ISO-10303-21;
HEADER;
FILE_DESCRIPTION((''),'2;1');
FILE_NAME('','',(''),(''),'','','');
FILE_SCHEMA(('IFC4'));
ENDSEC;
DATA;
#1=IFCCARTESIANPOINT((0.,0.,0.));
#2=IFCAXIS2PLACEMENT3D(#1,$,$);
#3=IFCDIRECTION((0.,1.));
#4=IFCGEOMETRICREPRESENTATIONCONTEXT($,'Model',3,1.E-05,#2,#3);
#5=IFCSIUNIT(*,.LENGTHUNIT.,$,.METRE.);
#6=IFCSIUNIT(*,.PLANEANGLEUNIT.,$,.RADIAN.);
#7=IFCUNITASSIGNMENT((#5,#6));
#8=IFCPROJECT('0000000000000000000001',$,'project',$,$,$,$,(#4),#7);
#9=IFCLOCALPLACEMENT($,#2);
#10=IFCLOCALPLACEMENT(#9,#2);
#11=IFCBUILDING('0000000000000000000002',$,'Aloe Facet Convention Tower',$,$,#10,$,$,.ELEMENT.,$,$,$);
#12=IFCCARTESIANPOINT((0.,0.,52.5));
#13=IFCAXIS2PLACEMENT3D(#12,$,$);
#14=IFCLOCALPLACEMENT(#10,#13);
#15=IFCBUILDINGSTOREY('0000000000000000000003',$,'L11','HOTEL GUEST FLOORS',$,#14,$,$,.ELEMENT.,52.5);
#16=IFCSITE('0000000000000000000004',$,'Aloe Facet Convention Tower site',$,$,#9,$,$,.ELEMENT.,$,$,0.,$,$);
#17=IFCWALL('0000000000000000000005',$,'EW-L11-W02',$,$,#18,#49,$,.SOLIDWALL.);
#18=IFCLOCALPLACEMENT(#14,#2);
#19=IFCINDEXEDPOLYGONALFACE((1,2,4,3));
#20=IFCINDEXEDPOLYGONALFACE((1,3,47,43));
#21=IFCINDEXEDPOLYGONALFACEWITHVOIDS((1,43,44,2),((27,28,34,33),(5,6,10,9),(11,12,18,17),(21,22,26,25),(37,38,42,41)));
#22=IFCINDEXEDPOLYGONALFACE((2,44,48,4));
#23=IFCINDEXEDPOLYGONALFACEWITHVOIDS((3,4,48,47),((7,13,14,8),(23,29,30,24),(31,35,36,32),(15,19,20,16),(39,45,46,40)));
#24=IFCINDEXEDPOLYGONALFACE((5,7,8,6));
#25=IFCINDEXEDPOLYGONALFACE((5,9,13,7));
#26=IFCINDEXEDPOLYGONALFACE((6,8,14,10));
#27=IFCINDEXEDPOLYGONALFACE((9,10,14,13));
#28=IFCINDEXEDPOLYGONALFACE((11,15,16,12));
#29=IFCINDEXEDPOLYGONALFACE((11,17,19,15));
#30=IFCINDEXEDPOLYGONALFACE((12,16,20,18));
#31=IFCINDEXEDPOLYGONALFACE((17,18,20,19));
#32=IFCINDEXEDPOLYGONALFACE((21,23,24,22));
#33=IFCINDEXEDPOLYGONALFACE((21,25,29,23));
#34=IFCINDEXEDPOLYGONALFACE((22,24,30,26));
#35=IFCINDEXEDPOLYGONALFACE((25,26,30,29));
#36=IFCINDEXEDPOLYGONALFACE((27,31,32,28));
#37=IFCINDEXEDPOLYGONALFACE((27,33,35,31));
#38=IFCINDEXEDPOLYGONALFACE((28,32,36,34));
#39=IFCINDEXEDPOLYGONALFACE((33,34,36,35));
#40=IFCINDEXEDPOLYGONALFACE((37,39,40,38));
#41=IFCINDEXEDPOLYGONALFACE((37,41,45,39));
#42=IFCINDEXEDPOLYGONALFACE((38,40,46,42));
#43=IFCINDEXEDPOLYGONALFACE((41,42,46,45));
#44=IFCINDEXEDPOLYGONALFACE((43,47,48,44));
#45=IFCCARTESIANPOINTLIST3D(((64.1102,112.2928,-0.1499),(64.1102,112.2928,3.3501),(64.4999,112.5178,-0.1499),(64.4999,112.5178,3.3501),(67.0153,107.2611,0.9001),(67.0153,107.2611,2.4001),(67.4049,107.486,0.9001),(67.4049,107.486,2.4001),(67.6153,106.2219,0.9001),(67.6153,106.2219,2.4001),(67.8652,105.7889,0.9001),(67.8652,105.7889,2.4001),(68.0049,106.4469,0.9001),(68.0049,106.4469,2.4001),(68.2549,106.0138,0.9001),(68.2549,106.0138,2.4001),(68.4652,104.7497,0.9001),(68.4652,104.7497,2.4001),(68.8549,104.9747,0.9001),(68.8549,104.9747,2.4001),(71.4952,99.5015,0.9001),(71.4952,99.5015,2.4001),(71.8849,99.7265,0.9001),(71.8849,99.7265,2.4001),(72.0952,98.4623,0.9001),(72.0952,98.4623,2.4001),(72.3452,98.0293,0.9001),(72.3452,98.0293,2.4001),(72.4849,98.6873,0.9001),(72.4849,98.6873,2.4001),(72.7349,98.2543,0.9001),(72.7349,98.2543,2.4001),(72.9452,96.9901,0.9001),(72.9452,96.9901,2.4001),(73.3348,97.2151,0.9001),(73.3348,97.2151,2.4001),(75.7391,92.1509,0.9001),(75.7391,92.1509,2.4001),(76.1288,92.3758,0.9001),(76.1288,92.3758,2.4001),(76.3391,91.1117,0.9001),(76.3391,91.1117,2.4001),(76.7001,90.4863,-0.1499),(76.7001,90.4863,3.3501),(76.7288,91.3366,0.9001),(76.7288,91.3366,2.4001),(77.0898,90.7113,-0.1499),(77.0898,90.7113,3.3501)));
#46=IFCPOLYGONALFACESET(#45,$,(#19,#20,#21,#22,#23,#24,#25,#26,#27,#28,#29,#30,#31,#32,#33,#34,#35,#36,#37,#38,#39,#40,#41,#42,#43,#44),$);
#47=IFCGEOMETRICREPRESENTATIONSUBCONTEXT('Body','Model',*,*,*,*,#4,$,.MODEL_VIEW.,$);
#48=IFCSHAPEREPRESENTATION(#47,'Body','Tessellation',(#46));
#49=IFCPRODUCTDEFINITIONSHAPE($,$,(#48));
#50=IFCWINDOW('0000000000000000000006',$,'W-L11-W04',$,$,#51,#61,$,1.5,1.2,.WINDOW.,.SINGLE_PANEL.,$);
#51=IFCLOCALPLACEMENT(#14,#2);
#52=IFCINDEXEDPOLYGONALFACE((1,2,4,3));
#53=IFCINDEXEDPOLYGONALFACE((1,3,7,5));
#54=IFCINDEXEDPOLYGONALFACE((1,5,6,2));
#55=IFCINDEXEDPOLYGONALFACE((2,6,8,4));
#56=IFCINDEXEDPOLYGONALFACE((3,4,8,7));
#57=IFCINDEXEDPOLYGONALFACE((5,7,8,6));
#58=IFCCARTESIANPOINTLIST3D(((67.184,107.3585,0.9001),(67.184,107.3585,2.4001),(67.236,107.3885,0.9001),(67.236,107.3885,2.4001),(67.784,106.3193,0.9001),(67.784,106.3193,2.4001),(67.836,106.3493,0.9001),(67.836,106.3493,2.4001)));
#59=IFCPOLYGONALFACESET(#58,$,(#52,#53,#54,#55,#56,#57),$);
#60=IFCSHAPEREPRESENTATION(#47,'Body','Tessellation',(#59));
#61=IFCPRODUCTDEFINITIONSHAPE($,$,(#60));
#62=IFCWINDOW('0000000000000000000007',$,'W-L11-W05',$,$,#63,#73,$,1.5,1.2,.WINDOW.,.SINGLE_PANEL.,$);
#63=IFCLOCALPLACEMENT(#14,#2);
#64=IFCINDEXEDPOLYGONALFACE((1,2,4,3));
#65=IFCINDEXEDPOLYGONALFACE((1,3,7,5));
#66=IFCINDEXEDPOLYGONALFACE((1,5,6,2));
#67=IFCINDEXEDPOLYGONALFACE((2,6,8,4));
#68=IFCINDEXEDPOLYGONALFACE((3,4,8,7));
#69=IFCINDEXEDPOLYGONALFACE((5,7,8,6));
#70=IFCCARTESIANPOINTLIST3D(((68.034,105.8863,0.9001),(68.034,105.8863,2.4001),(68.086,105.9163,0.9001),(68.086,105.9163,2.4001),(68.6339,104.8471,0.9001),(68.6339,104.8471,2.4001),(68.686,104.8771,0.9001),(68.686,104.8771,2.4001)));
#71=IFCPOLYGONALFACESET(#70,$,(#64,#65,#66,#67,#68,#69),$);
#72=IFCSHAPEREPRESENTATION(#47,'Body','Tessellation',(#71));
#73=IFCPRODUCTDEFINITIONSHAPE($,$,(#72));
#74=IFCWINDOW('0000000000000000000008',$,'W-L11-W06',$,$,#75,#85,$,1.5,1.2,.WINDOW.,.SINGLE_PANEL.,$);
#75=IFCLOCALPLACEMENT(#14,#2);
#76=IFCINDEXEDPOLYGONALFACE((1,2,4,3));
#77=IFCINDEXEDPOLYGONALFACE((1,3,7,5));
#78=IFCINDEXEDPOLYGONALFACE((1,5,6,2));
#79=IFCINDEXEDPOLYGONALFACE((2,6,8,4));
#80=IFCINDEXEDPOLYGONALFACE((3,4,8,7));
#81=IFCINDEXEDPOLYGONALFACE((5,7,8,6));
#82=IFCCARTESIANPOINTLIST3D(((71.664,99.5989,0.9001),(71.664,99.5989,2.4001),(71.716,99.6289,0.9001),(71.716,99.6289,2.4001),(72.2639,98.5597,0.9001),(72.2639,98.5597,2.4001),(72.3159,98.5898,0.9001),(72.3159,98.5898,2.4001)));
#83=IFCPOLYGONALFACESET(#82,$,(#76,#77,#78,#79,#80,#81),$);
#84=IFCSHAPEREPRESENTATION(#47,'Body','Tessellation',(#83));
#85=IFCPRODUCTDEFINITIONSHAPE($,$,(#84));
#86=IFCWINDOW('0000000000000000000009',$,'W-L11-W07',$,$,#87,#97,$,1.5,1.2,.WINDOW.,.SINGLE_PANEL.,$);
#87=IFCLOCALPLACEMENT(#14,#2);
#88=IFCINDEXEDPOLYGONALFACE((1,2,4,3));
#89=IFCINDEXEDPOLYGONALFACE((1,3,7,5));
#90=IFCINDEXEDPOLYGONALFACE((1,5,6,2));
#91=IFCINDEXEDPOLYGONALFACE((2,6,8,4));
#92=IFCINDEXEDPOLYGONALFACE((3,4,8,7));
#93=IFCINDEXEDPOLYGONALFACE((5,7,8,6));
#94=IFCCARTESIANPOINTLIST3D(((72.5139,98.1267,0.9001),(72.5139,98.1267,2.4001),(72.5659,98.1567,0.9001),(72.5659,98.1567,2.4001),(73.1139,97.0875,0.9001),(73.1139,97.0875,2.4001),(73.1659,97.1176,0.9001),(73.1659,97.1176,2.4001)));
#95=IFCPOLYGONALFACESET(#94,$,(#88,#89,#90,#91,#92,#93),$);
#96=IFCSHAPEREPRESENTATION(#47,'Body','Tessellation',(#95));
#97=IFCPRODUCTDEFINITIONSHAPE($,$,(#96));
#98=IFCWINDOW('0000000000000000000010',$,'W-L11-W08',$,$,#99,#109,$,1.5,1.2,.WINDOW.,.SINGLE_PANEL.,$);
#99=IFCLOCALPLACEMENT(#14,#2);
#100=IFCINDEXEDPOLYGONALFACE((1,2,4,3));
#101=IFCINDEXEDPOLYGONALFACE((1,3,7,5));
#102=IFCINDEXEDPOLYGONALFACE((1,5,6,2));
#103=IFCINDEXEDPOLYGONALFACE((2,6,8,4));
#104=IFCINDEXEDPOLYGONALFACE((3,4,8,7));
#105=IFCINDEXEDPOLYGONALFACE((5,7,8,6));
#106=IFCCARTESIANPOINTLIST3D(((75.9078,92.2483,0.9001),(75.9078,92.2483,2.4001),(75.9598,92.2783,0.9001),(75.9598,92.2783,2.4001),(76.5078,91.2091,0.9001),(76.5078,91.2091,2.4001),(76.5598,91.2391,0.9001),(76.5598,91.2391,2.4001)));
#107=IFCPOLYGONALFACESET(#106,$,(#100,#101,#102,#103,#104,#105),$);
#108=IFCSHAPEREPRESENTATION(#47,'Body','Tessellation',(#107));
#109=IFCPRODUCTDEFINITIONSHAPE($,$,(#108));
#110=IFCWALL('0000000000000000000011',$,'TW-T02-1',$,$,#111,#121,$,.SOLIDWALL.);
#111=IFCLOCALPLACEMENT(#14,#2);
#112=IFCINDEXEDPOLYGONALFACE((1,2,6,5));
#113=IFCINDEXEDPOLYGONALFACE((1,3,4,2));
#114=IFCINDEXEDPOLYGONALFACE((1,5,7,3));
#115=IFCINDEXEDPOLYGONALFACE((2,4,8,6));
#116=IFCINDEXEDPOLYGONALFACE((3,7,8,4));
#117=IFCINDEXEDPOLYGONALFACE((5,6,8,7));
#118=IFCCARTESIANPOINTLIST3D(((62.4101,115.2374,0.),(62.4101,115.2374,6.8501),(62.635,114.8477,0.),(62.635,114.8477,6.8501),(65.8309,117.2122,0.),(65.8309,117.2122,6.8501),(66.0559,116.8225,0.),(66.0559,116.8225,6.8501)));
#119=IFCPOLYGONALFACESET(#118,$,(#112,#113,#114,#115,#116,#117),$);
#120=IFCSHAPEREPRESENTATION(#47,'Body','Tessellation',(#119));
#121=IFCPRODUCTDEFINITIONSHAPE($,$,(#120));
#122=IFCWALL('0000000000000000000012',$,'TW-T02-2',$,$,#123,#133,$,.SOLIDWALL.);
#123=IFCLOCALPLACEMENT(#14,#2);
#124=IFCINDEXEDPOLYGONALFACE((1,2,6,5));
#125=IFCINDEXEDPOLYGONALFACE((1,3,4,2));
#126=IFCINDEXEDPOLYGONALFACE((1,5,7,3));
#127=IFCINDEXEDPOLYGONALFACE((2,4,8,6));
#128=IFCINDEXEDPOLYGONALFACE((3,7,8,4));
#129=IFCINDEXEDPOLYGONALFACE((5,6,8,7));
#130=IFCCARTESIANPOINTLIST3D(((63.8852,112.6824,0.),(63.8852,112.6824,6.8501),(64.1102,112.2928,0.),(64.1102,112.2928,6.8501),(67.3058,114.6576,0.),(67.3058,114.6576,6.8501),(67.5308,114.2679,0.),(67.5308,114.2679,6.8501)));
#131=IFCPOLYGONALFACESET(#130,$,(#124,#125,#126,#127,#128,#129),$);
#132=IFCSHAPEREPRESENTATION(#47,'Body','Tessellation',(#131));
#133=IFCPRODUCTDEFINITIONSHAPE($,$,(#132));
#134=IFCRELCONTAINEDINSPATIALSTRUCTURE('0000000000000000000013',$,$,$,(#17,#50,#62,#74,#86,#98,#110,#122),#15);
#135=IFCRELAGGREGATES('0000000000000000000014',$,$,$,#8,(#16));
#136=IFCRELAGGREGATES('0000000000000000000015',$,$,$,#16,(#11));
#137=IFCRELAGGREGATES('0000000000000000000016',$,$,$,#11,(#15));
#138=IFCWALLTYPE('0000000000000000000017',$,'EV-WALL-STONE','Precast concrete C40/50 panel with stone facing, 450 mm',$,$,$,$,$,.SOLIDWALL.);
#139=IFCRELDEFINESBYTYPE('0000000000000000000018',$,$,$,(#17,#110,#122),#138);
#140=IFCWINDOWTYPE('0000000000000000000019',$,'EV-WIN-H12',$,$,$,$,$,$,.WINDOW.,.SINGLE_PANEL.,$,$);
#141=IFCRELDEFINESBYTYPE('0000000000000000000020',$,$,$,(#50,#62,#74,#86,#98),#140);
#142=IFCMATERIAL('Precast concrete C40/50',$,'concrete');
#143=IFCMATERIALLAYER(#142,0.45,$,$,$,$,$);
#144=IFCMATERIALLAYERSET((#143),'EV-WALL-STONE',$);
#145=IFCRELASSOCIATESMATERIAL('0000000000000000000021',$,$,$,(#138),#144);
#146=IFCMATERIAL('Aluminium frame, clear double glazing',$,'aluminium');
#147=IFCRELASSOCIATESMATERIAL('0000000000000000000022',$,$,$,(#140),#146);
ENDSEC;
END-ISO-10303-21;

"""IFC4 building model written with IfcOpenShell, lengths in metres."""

from ifc_helpers import new_model, si_unit, direction, frame, frame_2d, origin, place, context, subcontext, project, spatial, polyline, rectangle, outline, extrude, material, layer, layer_set, type_object, element, fill, save


model = new_model("IFC4")

# Units and contexts
model_context = context("Model", 3, precision=1e-05, world=origin(), true_north=direction((0.0, 1.0)))
body_context = subcontext(model_context, "Body", "Model", "MODEL_VIEW")
ifc_project = project(units=[si_unit("LENGTHUNIT", "METRE"), si_unit("PLANEANGLEUNIT", "RADIAN")], contexts=[model_context])

# Site, building, storey
site_placement = place(None, origin())
site = spatial("IfcSite", under=ifc_project, at=site_placement, Name="Aloe Facet Convention Tower site", CompositionType="ELEMENT", RefElevation=0.0)
building_placement = place(site_placement, origin())
building = spatial("IfcBuilding", under=site, at=building_placement, Name="Aloe Facet Convention Tower", CompositionType="ELEMENT")
storey_placement = place(building_placement, frame((0.0, 0.0, 52.5)))
storey = spatial("IfcBuildingStorey", under=building, at=storey_placement, Name="L11", Description="HOTEL GUEST FLOORS", CompositionType="ELEMENT", Elevation=52.5)

# Wall, openings, windows
ifc_material_1 = material(Name="Precast concrete C40/50", Category="concrete")
ifc_layer_1 = layer(ifc_material_1, 0.45)
ifc_layer_set_1 = layer_set([ifc_layer_1], Name="EV-WALL-STONE")
wall_type_1 = type_object("IfcWallType", Name="EV-WALL-STONE", Description="Precast concrete C40/50 panel with stone facing, 450 mm", PredefinedType="SOLIDWALL", material=ifc_layer_set_1)
wall_1_placement = place(storey_placement, frame((64.3049, 112.4053, -0.1499), z_axis=(0.0, 0.0, 1.0), x_axis=(0.499997, -0.866027, 0.0)))
wall_1 = element("IfcWall", 1, at=wall_1_placement, inside=storey, type_object=wall_type_1, Name="EW-L11-W02", PredefinedType="SOLIDWALL", context=body_context, shape_type="SweptSolid", body=[
    extrude(outline(polyline([(25.1799, 3.5), (25.1799, 0.0), (0.0, 0.0), (0.0, 3.5), (25.1799, 3.5)])), frame((0.0, 0.2251, 0.0), z_axis=(0.0, -1.0, 0.0), x_axis=(1.0, 0.0, 0.0)), (0.0, 0.0, 1.0), 0.45),
])
opening_1_placement = place(wall_1_placement, frame((5.8101, 0.0, 1.05)))
opening_1 = element("IfcOpeningElement", 2, at=opening_1_placement, cuts=wall_1, PredefinedType="OPENING", context=body_context, shape_type="SweptSolid", body=[
    extrude(rectangle(XDim=1.2, YDim=1.5, at=frame_2d((0.6001, 0.75))), frame((0.0, 0.2349, 0.0), z_axis=(0.0, -1.0, 0.0), x_axis=(1.0, 0.0, 0.0)), (0.0, 0.0, 1.0), 0.47),
])
opening_2_placement = place(wall_1_placement, frame((7.51, 0.0, 1.05)))
opening_2 = element("IfcOpeningElement", 3, at=opening_2_placement, cuts=wall_1, PredefinedType="OPENING", context=body_context, shape_type="SweptSolid", body=[
    extrude(rectangle(XDim=1.2, YDim=1.5, at=frame_2d((0.6001, 0.75))), frame((0.0, 0.2349, 0.0), z_axis=(0.0, -1.0, 0.0), x_axis=(1.0, 0.0, 0.0)), (0.0, 0.0, 1.0), 0.47),
])
opening_3_placement = place(wall_1_placement, frame((14.77, 0.0, 1.05)))
opening_3 = element("IfcOpeningElement", 4, at=opening_3_placement, cuts=wall_1, PredefinedType="OPENING", context=body_context, shape_type="SweptSolid", body=[
    extrude(rectangle(XDim=1.2, YDim=1.5, at=frame_2d((0.6001, 0.75))), frame((0.0, 0.2349, 0.0), z_axis=(0.0, -1.0, 0.0), x_axis=(1.0, 0.0, 0.0)), (0.0, 0.0, 1.0), 0.47),
])
opening_4_placement = place(wall_1_placement, frame((16.47, 0.0, 1.05)))
opening_4 = element("IfcOpeningElement", 5, at=opening_4_placement, cuts=wall_1, PredefinedType="OPENING", context=body_context, shape_type="SweptSolid", body=[
    extrude(rectangle(XDim=1.2, YDim=1.5, at=frame_2d((0.6001, 0.75))), frame((0.0, 0.2349, 0.0), z_axis=(0.0, -1.0, 0.0), x_axis=(1.0, 0.0, 0.0)), (0.0, 0.0, 1.0), 0.47),
])
opening_5_placement = place(wall_1_placement, frame((23.2578, 0.0, 1.05)))
opening_5 = element("IfcOpeningElement", 6, at=opening_5_placement, cuts=wall_1, PredefinedType="OPENING", context=body_context, shape_type="SweptSolid", body=[
    extrude(rectangle(XDim=1.2, YDim=1.5, at=frame_2d((0.6001, 0.75))), frame((0.0, 0.2349, 0.0), z_axis=(0.0, -1.0, 0.0), x_axis=(1.0, 0.0, 0.0)), (0.0, 0.0, 1.0), 0.47),
])
ifc_material_2 = material(Name="Aluminium frame, clear double glazing", Category="aluminium")
window_type_1 = type_object("IfcWindowType", Name="EV-WIN-H12", PartitioningType="SINGLE_PANEL", PredefinedType="WINDOW", material=ifc_material_2)
window_1_placement = place(opening_1_placement, origin())
window_1 = element("IfcWindow", 7, at=window_1_placement, inside=storey, type_object=window_type_1, Name="W-L11-W04", OverallHeight=1.5, OverallWidth=1.2, PartitioningType="SINGLE_PANEL", PredefinedType="WINDOW", context=body_context, shape_type="SweptSolid", body=[
    extrude(rectangle(XDim=1.2, YDim=1.5, at=frame_2d((0.6001, 0.75))), frame((0.0, 0.03, 0.0), z_axis=(0.0, -1.0, 0.0), x_axis=(1.0, 0.0, 0.0)), (0.0, 0.0, 1.0), 0.0601),
])
fill(opening_1, window_1)
window_2_placement = place(opening_2_placement, origin())
window_2 = element("IfcWindow", 8, at=window_2_placement, inside=storey, type_object=window_type_1, Name="W-L11-W05", OverallHeight=1.5, OverallWidth=1.2, PartitioningType="SINGLE_PANEL", PredefinedType="WINDOW", context=body_context, shape_type="SweptSolid", body=[
    extrude(rectangle(XDim=1.2, YDim=1.5, at=frame_2d((0.6001, 0.75))), frame((0.0, 0.03, 0.0), z_axis=(0.0, -1.0, 0.0), x_axis=(1.0, 0.0, 0.0)), (0.0, 0.0, 1.0), 0.0601),
])
fill(opening_2, window_2)
window_3_placement = place(opening_3_placement, origin())
window_3 = element("IfcWindow", 9, at=window_3_placement, inside=storey, type_object=window_type_1, Name="W-L11-W06", OverallHeight=1.5, OverallWidth=1.2, PartitioningType="SINGLE_PANEL", PredefinedType="WINDOW", context=body_context, shape_type="SweptSolid", body=[
    extrude(rectangle(XDim=1.2, YDim=1.5, at=frame_2d((0.6001, 0.75))), frame((0.0, 0.03, 0.0), z_axis=(0.0, -1.0, 0.0), x_axis=(1.0, 0.0, 0.0)), (0.0, 0.0, 1.0), 0.0601),
])
fill(opening_3, window_3)
window_4_placement = place(opening_4_placement, origin())
window_4 = element("IfcWindow", 10, at=window_4_placement, inside=storey, type_object=window_type_1, Name="W-L11-W07", OverallHeight=1.5, OverallWidth=1.2, PartitioningType="SINGLE_PANEL", PredefinedType="WINDOW", context=body_context, shape_type="SweptSolid", body=[
    extrude(rectangle(XDim=1.2, YDim=1.5, at=frame_2d((0.6001, 0.75))), frame((0.0, 0.03, 0.0), z_axis=(0.0, -1.0, 0.0), x_axis=(1.0, 0.0, 0.0)), (0.0, 0.0, 1.0), 0.0601),
])
fill(opening_4, window_4)
window_5_placement = place(opening_5_placement, origin())
window_5 = element("IfcWindow", 11, at=window_5_placement, inside=storey, type_object=window_type_1, Name="W-L11-W08", OverallHeight=1.5, OverallWidth=1.2, PartitioningType="SINGLE_PANEL", PredefinedType="WINDOW", context=body_context, shape_type="SweptSolid", body=[
    extrude(rectangle(XDim=1.2, YDim=1.5, at=frame_2d((0.6001, 0.75))), frame((0.0, 0.03, 0.0), z_axis=(0.0, -1.0, 0.0), x_axis=(1.0, 0.0, 0.0)), (0.0, 0.0, 1.0), 0.0601),
])
fill(opening_5, window_5)

# Walls
for number, where, z_axis, x_axis, name in (
    (12, (62.5225, 115.0425, 0.0), (0.0, 0.0, 1.0), (0.866048, 0.499961, 0.0), "TW-T02-1"),
    (13, (63.9976, 112.4875, 0.0), (0.0, 0.0, 1.0), (0.866005, 0.500035, 0.0), "TW-T02-2"),
):
    element("IfcWall", number, at=place(storey_placement, frame(where, z_axis=z_axis, x_axis=x_axis)), inside=storey, type_object=wall_type_1, Name=name, PredefinedType="SOLIDWALL", context=body_context, shape_type="SweptSolid", body=[
        extrude(rectangle(XDim=3.95, YDim=0.45, at=frame_2d((1.9751, 0.0))), origin(), (0.0, 0.0, 1.0), 6.8501),
    ])

save(model, "model.ifc")
